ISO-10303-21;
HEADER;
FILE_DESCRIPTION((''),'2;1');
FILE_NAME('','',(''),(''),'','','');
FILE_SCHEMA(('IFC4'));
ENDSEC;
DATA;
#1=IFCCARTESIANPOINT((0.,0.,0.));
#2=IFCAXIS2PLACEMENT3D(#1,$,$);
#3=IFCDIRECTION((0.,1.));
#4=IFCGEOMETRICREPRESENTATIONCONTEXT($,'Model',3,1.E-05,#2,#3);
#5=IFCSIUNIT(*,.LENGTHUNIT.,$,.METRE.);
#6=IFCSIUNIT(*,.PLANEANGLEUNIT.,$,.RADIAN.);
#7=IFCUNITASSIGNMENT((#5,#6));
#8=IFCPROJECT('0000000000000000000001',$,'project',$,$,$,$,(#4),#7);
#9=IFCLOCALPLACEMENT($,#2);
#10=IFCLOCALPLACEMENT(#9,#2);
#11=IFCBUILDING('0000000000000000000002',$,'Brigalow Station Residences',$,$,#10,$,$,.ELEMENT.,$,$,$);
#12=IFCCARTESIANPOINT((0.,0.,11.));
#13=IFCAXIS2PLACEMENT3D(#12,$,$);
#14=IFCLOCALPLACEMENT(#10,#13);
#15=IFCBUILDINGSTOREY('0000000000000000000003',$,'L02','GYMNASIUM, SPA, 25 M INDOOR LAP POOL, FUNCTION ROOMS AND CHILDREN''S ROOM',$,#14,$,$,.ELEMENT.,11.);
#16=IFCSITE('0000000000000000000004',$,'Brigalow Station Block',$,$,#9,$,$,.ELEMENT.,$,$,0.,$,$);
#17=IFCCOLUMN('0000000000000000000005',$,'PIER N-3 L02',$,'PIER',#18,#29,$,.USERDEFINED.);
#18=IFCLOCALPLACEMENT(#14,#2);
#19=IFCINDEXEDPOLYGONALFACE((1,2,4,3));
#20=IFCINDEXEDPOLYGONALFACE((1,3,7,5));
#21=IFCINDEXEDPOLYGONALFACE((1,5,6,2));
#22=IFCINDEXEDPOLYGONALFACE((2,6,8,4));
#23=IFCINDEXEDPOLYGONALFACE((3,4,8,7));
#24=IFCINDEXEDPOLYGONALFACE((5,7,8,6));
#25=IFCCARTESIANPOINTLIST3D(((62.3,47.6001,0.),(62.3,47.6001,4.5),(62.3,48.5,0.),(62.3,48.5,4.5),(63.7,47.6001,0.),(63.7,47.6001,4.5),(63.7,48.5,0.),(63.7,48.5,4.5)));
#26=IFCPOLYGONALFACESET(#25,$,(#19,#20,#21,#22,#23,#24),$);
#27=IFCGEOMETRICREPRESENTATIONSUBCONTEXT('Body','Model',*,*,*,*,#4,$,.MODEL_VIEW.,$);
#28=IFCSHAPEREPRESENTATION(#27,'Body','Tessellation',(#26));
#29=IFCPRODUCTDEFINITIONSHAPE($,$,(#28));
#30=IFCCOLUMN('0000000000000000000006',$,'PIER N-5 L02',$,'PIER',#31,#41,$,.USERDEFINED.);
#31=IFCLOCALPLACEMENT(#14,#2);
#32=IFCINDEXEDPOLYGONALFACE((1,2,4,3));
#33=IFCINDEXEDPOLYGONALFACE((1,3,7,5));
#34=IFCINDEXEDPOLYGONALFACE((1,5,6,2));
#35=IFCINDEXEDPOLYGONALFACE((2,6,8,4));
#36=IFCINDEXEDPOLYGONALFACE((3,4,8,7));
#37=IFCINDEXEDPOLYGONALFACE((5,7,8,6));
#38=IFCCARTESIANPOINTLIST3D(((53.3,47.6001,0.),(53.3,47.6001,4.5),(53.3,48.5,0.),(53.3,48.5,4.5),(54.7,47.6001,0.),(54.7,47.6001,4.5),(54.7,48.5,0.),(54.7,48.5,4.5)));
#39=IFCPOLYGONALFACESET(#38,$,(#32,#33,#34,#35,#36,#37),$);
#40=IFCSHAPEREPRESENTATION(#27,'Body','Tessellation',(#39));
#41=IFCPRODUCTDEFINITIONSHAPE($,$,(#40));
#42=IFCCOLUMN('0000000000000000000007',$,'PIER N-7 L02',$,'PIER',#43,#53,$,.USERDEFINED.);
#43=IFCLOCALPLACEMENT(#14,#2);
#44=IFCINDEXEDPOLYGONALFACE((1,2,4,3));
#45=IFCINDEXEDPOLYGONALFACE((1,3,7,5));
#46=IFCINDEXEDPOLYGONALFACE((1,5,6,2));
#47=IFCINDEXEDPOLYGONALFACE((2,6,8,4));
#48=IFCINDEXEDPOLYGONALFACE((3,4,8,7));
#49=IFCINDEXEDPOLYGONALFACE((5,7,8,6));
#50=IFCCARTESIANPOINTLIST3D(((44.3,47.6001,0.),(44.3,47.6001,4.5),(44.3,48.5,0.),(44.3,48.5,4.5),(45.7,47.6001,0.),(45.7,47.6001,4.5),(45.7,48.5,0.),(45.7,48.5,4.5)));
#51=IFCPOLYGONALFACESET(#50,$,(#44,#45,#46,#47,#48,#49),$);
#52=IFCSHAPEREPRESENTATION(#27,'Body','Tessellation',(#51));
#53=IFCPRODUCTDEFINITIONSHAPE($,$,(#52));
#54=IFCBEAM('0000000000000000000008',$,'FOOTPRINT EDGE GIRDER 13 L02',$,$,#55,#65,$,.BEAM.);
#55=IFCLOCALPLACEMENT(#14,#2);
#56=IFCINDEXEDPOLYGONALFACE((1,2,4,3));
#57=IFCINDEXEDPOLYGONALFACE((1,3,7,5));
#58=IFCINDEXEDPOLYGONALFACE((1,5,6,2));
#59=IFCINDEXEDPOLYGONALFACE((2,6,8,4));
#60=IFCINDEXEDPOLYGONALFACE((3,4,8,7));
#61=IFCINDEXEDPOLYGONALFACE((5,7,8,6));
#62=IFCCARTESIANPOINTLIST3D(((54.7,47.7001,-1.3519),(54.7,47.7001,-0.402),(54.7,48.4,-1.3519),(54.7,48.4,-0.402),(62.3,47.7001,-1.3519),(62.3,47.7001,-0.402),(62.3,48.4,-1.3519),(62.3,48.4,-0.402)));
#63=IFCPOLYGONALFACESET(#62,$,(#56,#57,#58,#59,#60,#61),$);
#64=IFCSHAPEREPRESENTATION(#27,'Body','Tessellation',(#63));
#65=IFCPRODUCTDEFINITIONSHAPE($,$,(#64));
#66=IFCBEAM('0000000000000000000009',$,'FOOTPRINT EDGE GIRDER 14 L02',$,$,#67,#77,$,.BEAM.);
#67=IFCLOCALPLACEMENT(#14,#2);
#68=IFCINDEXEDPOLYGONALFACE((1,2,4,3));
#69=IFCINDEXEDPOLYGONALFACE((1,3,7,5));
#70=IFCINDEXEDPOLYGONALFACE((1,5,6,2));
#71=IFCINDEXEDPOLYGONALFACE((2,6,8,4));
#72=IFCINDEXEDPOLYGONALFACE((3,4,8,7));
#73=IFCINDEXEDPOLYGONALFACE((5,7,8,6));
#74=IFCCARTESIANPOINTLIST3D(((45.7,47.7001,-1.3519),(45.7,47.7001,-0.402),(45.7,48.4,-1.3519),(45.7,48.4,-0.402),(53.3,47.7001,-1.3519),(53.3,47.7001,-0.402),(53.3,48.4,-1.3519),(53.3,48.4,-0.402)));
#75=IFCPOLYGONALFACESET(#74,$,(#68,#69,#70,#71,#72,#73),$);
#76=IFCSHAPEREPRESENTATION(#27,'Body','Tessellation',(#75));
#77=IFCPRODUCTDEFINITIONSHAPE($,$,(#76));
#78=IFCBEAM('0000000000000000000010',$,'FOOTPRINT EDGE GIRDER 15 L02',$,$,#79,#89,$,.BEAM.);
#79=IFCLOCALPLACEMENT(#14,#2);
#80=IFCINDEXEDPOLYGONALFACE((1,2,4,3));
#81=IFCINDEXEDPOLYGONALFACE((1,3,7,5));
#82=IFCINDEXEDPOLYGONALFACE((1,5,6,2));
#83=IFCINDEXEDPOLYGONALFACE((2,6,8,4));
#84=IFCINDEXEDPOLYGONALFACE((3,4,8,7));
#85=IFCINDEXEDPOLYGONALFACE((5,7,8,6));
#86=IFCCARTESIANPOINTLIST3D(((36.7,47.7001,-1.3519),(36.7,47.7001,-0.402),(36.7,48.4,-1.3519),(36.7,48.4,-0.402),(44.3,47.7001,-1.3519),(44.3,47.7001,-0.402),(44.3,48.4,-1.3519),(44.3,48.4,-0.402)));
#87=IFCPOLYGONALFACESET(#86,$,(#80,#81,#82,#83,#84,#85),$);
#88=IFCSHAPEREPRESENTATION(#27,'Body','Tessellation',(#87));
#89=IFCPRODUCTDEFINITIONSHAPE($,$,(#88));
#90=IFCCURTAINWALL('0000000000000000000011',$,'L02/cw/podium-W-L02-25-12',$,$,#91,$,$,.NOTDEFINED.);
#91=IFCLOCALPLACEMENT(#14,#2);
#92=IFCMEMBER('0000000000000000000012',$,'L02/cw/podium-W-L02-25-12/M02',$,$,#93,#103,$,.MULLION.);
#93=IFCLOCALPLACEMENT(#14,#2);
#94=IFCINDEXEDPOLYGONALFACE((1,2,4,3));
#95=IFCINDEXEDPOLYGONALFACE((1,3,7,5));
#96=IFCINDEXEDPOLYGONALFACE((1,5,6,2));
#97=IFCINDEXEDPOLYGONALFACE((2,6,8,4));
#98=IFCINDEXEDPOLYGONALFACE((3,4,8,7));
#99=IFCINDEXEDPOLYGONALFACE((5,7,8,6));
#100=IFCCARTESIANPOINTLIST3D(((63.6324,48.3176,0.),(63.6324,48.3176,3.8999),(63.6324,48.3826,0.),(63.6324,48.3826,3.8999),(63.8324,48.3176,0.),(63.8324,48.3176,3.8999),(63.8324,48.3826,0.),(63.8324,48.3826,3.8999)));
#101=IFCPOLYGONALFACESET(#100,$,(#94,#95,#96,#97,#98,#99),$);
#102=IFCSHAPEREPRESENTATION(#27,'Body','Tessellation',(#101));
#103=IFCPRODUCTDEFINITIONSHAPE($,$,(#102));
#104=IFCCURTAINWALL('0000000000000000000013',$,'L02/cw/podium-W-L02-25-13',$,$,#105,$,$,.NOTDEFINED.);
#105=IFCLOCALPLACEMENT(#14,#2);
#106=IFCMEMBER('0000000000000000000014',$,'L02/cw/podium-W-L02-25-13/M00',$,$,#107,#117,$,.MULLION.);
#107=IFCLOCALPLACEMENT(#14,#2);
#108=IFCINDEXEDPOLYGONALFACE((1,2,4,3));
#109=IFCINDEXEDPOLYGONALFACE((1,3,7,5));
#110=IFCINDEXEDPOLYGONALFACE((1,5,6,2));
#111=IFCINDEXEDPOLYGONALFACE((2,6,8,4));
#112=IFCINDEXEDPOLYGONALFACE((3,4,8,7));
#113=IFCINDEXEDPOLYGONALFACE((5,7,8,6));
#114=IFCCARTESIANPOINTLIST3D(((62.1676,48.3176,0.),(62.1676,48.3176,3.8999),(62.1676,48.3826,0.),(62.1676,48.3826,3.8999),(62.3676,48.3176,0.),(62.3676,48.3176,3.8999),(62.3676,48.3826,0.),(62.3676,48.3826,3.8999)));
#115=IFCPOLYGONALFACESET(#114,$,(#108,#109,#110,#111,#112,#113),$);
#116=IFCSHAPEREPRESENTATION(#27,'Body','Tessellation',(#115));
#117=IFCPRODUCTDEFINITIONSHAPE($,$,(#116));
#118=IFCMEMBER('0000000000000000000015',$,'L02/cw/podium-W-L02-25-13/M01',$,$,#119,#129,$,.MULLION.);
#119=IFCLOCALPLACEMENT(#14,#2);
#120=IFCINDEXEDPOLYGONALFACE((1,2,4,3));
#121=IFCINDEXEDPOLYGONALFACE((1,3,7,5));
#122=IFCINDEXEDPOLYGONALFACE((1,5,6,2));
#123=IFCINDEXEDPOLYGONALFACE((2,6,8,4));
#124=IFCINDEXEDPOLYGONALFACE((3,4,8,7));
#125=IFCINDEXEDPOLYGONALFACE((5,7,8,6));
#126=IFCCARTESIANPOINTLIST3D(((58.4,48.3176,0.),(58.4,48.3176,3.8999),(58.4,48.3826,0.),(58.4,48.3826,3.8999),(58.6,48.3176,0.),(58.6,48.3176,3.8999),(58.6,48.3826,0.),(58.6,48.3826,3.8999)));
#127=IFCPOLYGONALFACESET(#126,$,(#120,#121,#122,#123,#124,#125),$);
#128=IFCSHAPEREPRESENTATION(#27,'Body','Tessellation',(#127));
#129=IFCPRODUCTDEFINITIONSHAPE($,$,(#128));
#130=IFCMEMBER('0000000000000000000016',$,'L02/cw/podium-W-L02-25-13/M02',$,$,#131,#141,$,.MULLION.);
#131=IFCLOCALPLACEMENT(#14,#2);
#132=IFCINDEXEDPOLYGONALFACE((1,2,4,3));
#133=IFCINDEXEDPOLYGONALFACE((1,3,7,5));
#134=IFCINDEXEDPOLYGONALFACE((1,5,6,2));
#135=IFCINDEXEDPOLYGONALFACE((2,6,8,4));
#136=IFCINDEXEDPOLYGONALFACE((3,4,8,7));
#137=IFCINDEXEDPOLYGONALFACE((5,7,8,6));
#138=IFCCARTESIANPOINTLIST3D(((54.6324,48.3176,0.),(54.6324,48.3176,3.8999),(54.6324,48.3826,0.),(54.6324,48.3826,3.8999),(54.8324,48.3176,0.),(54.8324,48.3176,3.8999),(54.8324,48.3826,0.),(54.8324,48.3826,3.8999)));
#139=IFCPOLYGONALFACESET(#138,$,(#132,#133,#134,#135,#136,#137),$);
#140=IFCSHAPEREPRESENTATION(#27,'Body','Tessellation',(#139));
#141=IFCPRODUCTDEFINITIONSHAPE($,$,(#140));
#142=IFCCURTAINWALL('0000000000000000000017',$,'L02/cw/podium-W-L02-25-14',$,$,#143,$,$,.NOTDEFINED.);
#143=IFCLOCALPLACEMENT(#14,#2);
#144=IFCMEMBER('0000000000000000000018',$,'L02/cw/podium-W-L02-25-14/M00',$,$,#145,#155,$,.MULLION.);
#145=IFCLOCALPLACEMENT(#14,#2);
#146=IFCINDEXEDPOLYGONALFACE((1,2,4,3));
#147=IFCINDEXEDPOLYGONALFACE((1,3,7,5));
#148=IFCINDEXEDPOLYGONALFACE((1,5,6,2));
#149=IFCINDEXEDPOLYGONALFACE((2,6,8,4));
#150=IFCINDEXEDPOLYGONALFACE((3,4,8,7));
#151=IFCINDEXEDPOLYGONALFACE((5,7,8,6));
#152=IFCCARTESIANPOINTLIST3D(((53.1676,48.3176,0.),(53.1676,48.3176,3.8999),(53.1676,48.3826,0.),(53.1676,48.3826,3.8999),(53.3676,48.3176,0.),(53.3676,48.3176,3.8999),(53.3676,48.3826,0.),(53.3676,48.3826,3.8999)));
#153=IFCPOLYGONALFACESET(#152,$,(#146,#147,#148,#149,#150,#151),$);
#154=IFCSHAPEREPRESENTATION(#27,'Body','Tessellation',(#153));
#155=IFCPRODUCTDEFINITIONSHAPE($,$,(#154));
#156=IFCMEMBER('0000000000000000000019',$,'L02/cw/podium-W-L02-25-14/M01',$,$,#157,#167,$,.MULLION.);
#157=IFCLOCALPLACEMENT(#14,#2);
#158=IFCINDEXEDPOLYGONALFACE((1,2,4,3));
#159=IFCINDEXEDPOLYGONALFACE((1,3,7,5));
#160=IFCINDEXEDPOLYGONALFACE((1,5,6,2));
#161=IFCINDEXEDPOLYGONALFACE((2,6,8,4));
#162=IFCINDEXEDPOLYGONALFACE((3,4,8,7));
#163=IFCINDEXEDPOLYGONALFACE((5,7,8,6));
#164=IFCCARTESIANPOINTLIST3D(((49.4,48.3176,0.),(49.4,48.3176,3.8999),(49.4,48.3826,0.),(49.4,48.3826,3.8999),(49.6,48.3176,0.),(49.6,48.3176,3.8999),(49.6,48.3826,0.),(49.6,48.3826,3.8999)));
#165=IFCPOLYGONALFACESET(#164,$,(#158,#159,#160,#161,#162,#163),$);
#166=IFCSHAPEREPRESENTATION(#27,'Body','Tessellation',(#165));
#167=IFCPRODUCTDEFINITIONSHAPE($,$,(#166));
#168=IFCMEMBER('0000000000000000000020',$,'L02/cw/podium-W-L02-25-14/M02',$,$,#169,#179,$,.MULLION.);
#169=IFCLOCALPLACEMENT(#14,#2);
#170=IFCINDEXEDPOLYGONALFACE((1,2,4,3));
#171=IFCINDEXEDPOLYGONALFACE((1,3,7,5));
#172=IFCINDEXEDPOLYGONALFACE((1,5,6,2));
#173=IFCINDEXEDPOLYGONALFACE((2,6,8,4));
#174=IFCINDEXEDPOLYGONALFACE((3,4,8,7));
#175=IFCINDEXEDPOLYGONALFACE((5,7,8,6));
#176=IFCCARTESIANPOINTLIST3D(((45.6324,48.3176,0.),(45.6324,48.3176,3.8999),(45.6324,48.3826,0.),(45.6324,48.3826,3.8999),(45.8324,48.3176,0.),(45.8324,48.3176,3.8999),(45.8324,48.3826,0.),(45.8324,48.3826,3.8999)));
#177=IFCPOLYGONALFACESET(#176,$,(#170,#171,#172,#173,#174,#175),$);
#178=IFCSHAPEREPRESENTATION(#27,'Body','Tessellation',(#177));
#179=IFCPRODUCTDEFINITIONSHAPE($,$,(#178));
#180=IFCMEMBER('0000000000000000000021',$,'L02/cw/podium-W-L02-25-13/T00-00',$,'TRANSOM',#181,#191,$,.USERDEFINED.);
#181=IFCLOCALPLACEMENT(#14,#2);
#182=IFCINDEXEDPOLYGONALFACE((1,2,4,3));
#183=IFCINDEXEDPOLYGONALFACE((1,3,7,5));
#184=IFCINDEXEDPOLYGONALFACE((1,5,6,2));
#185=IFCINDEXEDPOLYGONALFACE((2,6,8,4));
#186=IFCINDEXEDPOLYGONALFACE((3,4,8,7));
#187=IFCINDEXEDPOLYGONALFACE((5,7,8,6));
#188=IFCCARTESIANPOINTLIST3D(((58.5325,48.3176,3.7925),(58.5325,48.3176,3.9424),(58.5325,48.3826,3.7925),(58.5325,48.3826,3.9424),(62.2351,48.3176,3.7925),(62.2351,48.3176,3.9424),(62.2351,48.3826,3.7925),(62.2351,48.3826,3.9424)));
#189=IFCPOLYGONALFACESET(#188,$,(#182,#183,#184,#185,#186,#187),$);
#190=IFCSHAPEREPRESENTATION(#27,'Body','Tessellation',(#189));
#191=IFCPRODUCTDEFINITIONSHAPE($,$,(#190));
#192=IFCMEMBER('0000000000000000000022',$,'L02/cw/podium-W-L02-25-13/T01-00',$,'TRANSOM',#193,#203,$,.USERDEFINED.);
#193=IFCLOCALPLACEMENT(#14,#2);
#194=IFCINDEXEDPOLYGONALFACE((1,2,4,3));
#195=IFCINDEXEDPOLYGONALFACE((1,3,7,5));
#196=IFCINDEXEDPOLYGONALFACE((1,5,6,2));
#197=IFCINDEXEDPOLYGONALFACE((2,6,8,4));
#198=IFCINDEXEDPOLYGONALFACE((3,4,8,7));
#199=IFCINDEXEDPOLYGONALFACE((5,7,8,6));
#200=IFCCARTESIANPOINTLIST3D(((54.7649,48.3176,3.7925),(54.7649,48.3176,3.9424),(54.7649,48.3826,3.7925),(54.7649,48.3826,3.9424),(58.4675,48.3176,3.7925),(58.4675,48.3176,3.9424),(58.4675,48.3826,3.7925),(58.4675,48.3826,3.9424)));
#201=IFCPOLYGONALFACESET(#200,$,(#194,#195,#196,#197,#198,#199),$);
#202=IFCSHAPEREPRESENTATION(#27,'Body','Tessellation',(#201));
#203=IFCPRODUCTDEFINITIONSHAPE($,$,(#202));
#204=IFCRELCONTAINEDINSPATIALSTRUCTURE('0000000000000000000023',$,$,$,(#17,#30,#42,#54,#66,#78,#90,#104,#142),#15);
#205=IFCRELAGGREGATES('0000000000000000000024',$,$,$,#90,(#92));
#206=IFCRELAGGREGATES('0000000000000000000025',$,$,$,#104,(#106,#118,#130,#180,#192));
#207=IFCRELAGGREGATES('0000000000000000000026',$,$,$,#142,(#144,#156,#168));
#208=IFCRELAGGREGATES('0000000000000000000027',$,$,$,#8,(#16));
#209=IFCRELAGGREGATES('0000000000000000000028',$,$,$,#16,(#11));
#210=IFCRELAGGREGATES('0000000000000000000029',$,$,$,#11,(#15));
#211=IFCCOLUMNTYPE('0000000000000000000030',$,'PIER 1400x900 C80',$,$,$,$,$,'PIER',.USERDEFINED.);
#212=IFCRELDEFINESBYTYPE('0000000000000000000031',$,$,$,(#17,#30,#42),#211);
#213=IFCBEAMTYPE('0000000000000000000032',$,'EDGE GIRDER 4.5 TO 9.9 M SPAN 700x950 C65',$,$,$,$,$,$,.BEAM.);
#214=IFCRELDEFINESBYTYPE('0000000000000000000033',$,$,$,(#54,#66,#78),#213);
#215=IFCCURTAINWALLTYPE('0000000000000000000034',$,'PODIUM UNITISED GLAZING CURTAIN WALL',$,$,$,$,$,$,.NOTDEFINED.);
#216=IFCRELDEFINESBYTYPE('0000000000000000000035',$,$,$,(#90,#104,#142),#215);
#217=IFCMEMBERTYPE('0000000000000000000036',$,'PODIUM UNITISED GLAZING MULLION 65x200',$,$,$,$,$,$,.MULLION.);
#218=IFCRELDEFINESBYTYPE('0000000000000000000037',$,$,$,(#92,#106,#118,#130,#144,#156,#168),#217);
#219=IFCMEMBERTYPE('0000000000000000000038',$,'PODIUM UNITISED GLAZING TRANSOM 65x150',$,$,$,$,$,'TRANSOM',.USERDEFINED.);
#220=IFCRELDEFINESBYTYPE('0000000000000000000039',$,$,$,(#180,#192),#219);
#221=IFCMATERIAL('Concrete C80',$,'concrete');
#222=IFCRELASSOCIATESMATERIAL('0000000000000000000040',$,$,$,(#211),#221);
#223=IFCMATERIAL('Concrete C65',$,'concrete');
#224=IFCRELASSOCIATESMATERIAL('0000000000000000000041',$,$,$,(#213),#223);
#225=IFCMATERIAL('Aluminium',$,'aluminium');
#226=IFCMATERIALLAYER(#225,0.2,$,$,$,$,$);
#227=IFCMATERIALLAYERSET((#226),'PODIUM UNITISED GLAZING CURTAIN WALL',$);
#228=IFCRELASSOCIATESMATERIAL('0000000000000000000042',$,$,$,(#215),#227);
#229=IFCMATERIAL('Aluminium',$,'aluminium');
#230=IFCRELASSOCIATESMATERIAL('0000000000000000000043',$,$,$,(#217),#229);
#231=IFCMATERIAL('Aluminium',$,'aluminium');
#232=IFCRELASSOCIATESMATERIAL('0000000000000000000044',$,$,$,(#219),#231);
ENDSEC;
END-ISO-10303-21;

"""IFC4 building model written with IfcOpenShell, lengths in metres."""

from ifc_helpers import new_model, si_unit, direction, frame, origin, origin_2d, place, context, subcontext, project, spatial, rectangle, extrude, material, layer, layer_set, material_profile, profile_set, type_object, element, aggregate, save


model = new_model("IFC4")

# Units and contexts
model_context = context("Model", 3, precision=1e-05, world=origin(), true_north=direction((0.0, 1.0)))
body_context = subcontext(model_context, "Body", "Model", "MODEL_VIEW")
ifc_project = project(units=[si_unit("LENGTHUNIT", "METRE"), si_unit("PLANEANGLEUNIT", "RADIAN")], contexts=[model_context])

# Site, building, storey
site_placement = place(None, origin())
site = spatial("IfcSite", under=ifc_project, at=site_placement, Name="Brigalow Station Block", CompositionType="ELEMENT", RefElevation=0.0)
building_placement = place(site_placement, origin())
building = spatial("IfcBuilding", under=site, at=building_placement, Name="Brigalow Station Residences", CompositionType="ELEMENT")
storey_placement = place(building_placement, frame((0.0, 0.0, 11.0)))
storey = spatial("IfcBuildingStorey", under=building, at=storey_placement, Name="L02", Description="GYMNASIUM, SPA, 25 M INDOOR LAP POOL, FUNCTION ROOMS AND CHILDREN'S ROOM", CompositionType="ELEMENT", Elevation=11.0)

# Columns
ifc_material_1 = material(Name="Concrete C80", Category="concrete")
ifc_material_profile_1 = material_profile(ifc_material_1, rectangle(XDim=1.3999, YDim=0.8999, at=origin_2d()), Name="RC1400x900")
ifc_profile_set_1 = profile_set([ifc_material_profile_1], Name="Concrete C80")
column_type = type_object("IfcColumnType", Name="PIER 1400x900 C80", ElementType="PIER", PredefinedType="USERDEFINED", material=ifc_profile_set_1)
for number, where, z_axis, x_axis, name in (
    (1, (63.0, 48.05, 0.0), (0.0, 0.0, 1.0), (-1.0, 0.0, 0.0), "PIER N-3 L02"),
    (2, (54.0, 48.05, 0.0), (0.0, 0.0, 1.0), (-1.0, 0.0, 0.0), "PIER N-5 L02"),
    (3, (45.0, 48.05, 0.0), (0.0, 0.0, 1.0), (-1.0, 0.0, 0.0), "PIER N-7 L02"),
):
    element("IfcColumn", number, at=place(storey_placement, frame(where, z_axis=z_axis, x_axis=x_axis)), inside=storey, type_object=column_type, Name=name, ObjectType="PIER", PredefinedType="USERDEFINED", context=body_context, shape_type="SweptSolid", body=[
        extrude(rectangle(XDim=1.3999, YDim=0.8999, at=origin_2d()), origin(), (0.0, 0.0, 1.0), 4.5),
    ])

# Beams
ifc_material_2 = material(Name="Concrete C65", Category="concrete")
ifc_material_profile_2 = material_profile(ifc_material_2, rectangle(XDim=0.7, YDim=0.95, at=origin_2d()), Name="RC700x950")
ifc_profile_set_2 = profile_set([ifc_material_profile_2], Name="Concrete C65")
beam_type = type_object("IfcBeamType", Name="EDGE GIRDER 4.5 TO 9.9 M SPAN 700x950 C65", PredefinedType="BEAM", material=ifc_profile_set_2)
for number, where, z_axis, x_axis, name in (
    (4, (62.3, 48.05, -0.877), (-1.0, 0.0, 0.0), (0.0, -1.0, 0.0), "FOOTPRINT EDGE GIRDER 13 L02"),
    (5, (53.3, 48.05, -0.877), (-1.0, 0.0, 0.0), (0.0, -1.0, 0.0), "FOOTPRINT EDGE GIRDER 14 L02"),
    (6, (44.3, 48.05, -0.877), (-1.0, 0.0, 0.0), (0.0, -1.0, 0.0), "FOOTPRINT EDGE GIRDER 15 L02"),
):
    element("IfcBeam", number, at=place(storey_placement, frame(where, z_axis=z_axis, x_axis=x_axis)), inside=storey, type_object=beam_type, Name=name, PredefinedType="BEAM", context=body_context, shape_type="SweptSolid", body=[
        extrude(rectangle(XDim=0.7, YDim=0.95, at=origin_2d()), origin(), (0.0, 0.0, 1.0), 7.6001),
    ])

# Curtain wall, member
ifc_material_3 = material(Name="Aluminium", Category="aluminium")
ifc_layer_1 = layer(ifc_material_3, 0.2)
ifc_layer_set_1 = layer_set([ifc_layer_1], Name="PODIUM UNITISED GLAZING CURTAIN WALL")
curtain_wall_type = type_object("IfcCurtainWallType", Name="PODIUM UNITISED GLAZING CURTAIN WALL", PredefinedType="NOTDEFINED", material=ifc_layer_set_1)
curtain_wall_1_placement = place(storey_placement, origin())
curtain_wall_1 = element("IfcCurtainWall", 7, at=curtain_wall_1_placement, inside=storey, type_object=curtain_wall_type, Name="L02/cw/podium-W-L02-25-12", PredefinedType="NOTDEFINED")
ifc_material_4 = material(Name="Aluminium", Category="aluminium")
ifc_material_profile_3 = material_profile(ifc_material_4, rectangle(XDim=0.0649, YDim=0.2, at=origin_2d()), Name="PODIUM UNITISED GLAZING MULLION 65x200")
ifc_profile_set_3 = profile_set([ifc_material_profile_3], Name="Aluminium")
member_type_1 = type_object("IfcMemberType", Name="PODIUM UNITISED GLAZING MULLION 65x200", PredefinedType="MULLION", material=ifc_profile_set_3)
member_1_placement = place(storey_placement, frame((63.7324, 48.3501, 0.0), z_axis=(0.0, 0.0, 1.0), x_axis=(0.0, -1.0, 0.0)))
member_1 = element("IfcMember", 8, at=member_1_placement, type_object=member_type_1, Name="L02/cw/podium-W-L02-25-12/M02", PredefinedType="MULLION", context=body_context, shape_type="SweptSolid", body=[
    extrude(rectangle(XDim=0.0649, YDim=0.2, at=origin_2d()), origin(), (0.0, 0.0, 1.0), 3.8999),
])

# Curtain walls, members
curtain_wall_2_placement = place(storey_placement, origin())
curtain_wall_2 = element("IfcCurtainWall", 9, at=curtain_wall_2_placement, inside=storey, type_object=curtain_wall_type, Name="L02/cw/podium-W-L02-25-13", PredefinedType="NOTDEFINED")
member_2_placement = place(storey_placement, frame((62.2676, 48.3501, 0.0), z_axis=(0.0, 0.0, 1.0), x_axis=(0.0, -1.0, 0.0)))
member_2 = element("IfcMember", 10, at=member_2_placement, type_object=member_type_1, Name="L02/cw/podium-W-L02-25-13/M00", PredefinedType="MULLION", context=body_context, shape_type="SweptSolid", body=[
    extrude(rectangle(XDim=0.0649, YDim=0.2, at=origin_2d()), origin(), (0.0, 0.0, 1.0), 3.8999),
])
member_3_placement = place(storey_placement, frame((58.5, 48.3501, 0.0), z_axis=(0.0, 0.0, 1.0), x_axis=(0.0, -1.0, 0.0)))
member_3 = element("IfcMember", 11, at=member_3_placement, type_object=member_type_1, Name="L02/cw/podium-W-L02-25-13/M01", PredefinedType="MULLION", context=body_context, shape_type="SweptSolid", body=[
    extrude(rectangle(XDim=0.0649, YDim=0.2, at=origin_2d()), origin(), (0.0, 0.0, 1.0), 3.8999),
])
member_4_placement = place(storey_placement, frame((54.7324, 48.3501, 0.0), z_axis=(0.0, 0.0, 1.0), x_axis=(0.0, -1.0, 0.0)))
member_4 = element("IfcMember", 12, at=member_4_placement, type_object=member_type_1, Name="L02/cw/podium-W-L02-25-13/M02", PredefinedType="MULLION", context=body_context, shape_type="SweptSolid", body=[
    extrude(rectangle(XDim=0.0649, YDim=0.2, at=origin_2d()), origin(), (0.0, 0.0, 1.0), 3.8999),
])
curtain_wall_3_placement = place(storey_placement, origin())
curtain_wall_3 = element("IfcCurtainWall", 13, at=curtain_wall_3_placement, inside=storey, type_object=curtain_wall_type, Name="L02/cw/podium-W-L02-25-14", PredefinedType="NOTDEFINED")
member_5_placement = place(storey_placement, frame((53.2676, 48.3501, 0.0), z_axis=(0.0, 0.0, 1.0), x_axis=(0.0, -1.0, 0.0)))
member_5 = element("IfcMember", 14, at=member_5_placement, type_object=member_type_1, Name="L02/cw/podium-W-L02-25-14/M00", PredefinedType="MULLION", context=body_context, shape_type="SweptSolid", body=[
    extrude(rectangle(XDim=0.0649, YDim=0.2, at=origin_2d()), origin(), (0.0, 0.0, 1.0), 3.8999),
])
member_6_placement = place(storey_placement, frame((49.5, 48.3501, 0.0), z_axis=(0.0, 0.0, 1.0), x_axis=(0.0, -1.0, 0.0)))
member_6 = element("IfcMember", 15, at=member_6_placement, type_object=member_type_1, Name="L02/cw/podium-W-L02-25-14/M01", PredefinedType="MULLION", context=body_context, shape_type="SweptSolid", body=[
    extrude(rectangle(XDim=0.0649, YDim=0.2, at=origin_2d()), origin(), (0.0, 0.0, 1.0), 3.8999),
])
member_7_placement = place(storey_placement, frame((45.7324, 48.3501, 0.0), z_axis=(0.0, 0.0, 1.0), x_axis=(0.0, -1.0, 0.0)))
member_7 = element("IfcMember", 16, at=member_7_placement, type_object=member_type_1, Name="L02/cw/podium-W-L02-25-14/M02", PredefinedType="MULLION", context=body_context, shape_type="SweptSolid", body=[
    extrude(rectangle(XDim=0.0649, YDim=0.2, at=origin_2d()), origin(), (0.0, 0.0, 1.0), 3.8999),
])

# Members
ifc_material_5 = material(Name="Aluminium", Category="aluminium")
ifc_material_profile_4 = material_profile(ifc_material_5, rectangle(XDim=0.0649, YDim=0.1499, at=origin_2d()), Name="PODIUM UNITISED GLAZING TRANSOM 65x150")
ifc_profile_set_4 = profile_set([ifc_material_profile_4], Name="Aluminium")
member_type_2 = type_object("IfcMemberType", Name="PODIUM UNITISED GLAZING TRANSOM 65x150", ElementType="TRANSOM", PredefinedType="USERDEFINED", material=ifc_profile_set_4)
member_8_placement = place(storey_placement, frame((62.2351, 48.3501, 3.8674), z_axis=(-1.0, 0.0, 0.0), x_axis=(0.0, -1.0, 0.0)))
member_8 = element("IfcMember", 17, at=member_8_placement, type_object=member_type_2, Name="L02/cw/podium-W-L02-25-13/T00-00", ObjectType="TRANSOM", PredefinedType="USERDEFINED", context=body_context, shape_type="SweptSolid", body=[
    extrude(rectangle(XDim=0.0649, YDim=0.1499, at=origin_2d()), origin(), (0.0, 0.0, 1.0), 3.7026),
])
member_9_placement = place(storey_placement, frame((58.4675, 48.3501, 3.8674), z_axis=(-1.0, 0.0, 0.0), x_axis=(0.0, -1.0, 0.0)))
member_9 = element("IfcMember", 18, at=member_9_placement, type_object=member_type_2, Name="L02/cw/podium-W-L02-25-13/T01-00", ObjectType="TRANSOM", PredefinedType="USERDEFINED", context=body_context, shape_type="SweptSolid", body=[
    extrude(rectangle(XDim=0.0649, YDim=0.1499, at=origin_2d()), origin(), (0.0, 0.0, 1.0), 3.7026),
])

aggregate(curtain_wall_1, [member_1])
aggregate(curtain_wall_2, [member_2, member_3, member_4, member_8, member_9])
aggregate(curtain_wall_3, [member_5, member_6, member_7])

save(model, "model.ifc")
